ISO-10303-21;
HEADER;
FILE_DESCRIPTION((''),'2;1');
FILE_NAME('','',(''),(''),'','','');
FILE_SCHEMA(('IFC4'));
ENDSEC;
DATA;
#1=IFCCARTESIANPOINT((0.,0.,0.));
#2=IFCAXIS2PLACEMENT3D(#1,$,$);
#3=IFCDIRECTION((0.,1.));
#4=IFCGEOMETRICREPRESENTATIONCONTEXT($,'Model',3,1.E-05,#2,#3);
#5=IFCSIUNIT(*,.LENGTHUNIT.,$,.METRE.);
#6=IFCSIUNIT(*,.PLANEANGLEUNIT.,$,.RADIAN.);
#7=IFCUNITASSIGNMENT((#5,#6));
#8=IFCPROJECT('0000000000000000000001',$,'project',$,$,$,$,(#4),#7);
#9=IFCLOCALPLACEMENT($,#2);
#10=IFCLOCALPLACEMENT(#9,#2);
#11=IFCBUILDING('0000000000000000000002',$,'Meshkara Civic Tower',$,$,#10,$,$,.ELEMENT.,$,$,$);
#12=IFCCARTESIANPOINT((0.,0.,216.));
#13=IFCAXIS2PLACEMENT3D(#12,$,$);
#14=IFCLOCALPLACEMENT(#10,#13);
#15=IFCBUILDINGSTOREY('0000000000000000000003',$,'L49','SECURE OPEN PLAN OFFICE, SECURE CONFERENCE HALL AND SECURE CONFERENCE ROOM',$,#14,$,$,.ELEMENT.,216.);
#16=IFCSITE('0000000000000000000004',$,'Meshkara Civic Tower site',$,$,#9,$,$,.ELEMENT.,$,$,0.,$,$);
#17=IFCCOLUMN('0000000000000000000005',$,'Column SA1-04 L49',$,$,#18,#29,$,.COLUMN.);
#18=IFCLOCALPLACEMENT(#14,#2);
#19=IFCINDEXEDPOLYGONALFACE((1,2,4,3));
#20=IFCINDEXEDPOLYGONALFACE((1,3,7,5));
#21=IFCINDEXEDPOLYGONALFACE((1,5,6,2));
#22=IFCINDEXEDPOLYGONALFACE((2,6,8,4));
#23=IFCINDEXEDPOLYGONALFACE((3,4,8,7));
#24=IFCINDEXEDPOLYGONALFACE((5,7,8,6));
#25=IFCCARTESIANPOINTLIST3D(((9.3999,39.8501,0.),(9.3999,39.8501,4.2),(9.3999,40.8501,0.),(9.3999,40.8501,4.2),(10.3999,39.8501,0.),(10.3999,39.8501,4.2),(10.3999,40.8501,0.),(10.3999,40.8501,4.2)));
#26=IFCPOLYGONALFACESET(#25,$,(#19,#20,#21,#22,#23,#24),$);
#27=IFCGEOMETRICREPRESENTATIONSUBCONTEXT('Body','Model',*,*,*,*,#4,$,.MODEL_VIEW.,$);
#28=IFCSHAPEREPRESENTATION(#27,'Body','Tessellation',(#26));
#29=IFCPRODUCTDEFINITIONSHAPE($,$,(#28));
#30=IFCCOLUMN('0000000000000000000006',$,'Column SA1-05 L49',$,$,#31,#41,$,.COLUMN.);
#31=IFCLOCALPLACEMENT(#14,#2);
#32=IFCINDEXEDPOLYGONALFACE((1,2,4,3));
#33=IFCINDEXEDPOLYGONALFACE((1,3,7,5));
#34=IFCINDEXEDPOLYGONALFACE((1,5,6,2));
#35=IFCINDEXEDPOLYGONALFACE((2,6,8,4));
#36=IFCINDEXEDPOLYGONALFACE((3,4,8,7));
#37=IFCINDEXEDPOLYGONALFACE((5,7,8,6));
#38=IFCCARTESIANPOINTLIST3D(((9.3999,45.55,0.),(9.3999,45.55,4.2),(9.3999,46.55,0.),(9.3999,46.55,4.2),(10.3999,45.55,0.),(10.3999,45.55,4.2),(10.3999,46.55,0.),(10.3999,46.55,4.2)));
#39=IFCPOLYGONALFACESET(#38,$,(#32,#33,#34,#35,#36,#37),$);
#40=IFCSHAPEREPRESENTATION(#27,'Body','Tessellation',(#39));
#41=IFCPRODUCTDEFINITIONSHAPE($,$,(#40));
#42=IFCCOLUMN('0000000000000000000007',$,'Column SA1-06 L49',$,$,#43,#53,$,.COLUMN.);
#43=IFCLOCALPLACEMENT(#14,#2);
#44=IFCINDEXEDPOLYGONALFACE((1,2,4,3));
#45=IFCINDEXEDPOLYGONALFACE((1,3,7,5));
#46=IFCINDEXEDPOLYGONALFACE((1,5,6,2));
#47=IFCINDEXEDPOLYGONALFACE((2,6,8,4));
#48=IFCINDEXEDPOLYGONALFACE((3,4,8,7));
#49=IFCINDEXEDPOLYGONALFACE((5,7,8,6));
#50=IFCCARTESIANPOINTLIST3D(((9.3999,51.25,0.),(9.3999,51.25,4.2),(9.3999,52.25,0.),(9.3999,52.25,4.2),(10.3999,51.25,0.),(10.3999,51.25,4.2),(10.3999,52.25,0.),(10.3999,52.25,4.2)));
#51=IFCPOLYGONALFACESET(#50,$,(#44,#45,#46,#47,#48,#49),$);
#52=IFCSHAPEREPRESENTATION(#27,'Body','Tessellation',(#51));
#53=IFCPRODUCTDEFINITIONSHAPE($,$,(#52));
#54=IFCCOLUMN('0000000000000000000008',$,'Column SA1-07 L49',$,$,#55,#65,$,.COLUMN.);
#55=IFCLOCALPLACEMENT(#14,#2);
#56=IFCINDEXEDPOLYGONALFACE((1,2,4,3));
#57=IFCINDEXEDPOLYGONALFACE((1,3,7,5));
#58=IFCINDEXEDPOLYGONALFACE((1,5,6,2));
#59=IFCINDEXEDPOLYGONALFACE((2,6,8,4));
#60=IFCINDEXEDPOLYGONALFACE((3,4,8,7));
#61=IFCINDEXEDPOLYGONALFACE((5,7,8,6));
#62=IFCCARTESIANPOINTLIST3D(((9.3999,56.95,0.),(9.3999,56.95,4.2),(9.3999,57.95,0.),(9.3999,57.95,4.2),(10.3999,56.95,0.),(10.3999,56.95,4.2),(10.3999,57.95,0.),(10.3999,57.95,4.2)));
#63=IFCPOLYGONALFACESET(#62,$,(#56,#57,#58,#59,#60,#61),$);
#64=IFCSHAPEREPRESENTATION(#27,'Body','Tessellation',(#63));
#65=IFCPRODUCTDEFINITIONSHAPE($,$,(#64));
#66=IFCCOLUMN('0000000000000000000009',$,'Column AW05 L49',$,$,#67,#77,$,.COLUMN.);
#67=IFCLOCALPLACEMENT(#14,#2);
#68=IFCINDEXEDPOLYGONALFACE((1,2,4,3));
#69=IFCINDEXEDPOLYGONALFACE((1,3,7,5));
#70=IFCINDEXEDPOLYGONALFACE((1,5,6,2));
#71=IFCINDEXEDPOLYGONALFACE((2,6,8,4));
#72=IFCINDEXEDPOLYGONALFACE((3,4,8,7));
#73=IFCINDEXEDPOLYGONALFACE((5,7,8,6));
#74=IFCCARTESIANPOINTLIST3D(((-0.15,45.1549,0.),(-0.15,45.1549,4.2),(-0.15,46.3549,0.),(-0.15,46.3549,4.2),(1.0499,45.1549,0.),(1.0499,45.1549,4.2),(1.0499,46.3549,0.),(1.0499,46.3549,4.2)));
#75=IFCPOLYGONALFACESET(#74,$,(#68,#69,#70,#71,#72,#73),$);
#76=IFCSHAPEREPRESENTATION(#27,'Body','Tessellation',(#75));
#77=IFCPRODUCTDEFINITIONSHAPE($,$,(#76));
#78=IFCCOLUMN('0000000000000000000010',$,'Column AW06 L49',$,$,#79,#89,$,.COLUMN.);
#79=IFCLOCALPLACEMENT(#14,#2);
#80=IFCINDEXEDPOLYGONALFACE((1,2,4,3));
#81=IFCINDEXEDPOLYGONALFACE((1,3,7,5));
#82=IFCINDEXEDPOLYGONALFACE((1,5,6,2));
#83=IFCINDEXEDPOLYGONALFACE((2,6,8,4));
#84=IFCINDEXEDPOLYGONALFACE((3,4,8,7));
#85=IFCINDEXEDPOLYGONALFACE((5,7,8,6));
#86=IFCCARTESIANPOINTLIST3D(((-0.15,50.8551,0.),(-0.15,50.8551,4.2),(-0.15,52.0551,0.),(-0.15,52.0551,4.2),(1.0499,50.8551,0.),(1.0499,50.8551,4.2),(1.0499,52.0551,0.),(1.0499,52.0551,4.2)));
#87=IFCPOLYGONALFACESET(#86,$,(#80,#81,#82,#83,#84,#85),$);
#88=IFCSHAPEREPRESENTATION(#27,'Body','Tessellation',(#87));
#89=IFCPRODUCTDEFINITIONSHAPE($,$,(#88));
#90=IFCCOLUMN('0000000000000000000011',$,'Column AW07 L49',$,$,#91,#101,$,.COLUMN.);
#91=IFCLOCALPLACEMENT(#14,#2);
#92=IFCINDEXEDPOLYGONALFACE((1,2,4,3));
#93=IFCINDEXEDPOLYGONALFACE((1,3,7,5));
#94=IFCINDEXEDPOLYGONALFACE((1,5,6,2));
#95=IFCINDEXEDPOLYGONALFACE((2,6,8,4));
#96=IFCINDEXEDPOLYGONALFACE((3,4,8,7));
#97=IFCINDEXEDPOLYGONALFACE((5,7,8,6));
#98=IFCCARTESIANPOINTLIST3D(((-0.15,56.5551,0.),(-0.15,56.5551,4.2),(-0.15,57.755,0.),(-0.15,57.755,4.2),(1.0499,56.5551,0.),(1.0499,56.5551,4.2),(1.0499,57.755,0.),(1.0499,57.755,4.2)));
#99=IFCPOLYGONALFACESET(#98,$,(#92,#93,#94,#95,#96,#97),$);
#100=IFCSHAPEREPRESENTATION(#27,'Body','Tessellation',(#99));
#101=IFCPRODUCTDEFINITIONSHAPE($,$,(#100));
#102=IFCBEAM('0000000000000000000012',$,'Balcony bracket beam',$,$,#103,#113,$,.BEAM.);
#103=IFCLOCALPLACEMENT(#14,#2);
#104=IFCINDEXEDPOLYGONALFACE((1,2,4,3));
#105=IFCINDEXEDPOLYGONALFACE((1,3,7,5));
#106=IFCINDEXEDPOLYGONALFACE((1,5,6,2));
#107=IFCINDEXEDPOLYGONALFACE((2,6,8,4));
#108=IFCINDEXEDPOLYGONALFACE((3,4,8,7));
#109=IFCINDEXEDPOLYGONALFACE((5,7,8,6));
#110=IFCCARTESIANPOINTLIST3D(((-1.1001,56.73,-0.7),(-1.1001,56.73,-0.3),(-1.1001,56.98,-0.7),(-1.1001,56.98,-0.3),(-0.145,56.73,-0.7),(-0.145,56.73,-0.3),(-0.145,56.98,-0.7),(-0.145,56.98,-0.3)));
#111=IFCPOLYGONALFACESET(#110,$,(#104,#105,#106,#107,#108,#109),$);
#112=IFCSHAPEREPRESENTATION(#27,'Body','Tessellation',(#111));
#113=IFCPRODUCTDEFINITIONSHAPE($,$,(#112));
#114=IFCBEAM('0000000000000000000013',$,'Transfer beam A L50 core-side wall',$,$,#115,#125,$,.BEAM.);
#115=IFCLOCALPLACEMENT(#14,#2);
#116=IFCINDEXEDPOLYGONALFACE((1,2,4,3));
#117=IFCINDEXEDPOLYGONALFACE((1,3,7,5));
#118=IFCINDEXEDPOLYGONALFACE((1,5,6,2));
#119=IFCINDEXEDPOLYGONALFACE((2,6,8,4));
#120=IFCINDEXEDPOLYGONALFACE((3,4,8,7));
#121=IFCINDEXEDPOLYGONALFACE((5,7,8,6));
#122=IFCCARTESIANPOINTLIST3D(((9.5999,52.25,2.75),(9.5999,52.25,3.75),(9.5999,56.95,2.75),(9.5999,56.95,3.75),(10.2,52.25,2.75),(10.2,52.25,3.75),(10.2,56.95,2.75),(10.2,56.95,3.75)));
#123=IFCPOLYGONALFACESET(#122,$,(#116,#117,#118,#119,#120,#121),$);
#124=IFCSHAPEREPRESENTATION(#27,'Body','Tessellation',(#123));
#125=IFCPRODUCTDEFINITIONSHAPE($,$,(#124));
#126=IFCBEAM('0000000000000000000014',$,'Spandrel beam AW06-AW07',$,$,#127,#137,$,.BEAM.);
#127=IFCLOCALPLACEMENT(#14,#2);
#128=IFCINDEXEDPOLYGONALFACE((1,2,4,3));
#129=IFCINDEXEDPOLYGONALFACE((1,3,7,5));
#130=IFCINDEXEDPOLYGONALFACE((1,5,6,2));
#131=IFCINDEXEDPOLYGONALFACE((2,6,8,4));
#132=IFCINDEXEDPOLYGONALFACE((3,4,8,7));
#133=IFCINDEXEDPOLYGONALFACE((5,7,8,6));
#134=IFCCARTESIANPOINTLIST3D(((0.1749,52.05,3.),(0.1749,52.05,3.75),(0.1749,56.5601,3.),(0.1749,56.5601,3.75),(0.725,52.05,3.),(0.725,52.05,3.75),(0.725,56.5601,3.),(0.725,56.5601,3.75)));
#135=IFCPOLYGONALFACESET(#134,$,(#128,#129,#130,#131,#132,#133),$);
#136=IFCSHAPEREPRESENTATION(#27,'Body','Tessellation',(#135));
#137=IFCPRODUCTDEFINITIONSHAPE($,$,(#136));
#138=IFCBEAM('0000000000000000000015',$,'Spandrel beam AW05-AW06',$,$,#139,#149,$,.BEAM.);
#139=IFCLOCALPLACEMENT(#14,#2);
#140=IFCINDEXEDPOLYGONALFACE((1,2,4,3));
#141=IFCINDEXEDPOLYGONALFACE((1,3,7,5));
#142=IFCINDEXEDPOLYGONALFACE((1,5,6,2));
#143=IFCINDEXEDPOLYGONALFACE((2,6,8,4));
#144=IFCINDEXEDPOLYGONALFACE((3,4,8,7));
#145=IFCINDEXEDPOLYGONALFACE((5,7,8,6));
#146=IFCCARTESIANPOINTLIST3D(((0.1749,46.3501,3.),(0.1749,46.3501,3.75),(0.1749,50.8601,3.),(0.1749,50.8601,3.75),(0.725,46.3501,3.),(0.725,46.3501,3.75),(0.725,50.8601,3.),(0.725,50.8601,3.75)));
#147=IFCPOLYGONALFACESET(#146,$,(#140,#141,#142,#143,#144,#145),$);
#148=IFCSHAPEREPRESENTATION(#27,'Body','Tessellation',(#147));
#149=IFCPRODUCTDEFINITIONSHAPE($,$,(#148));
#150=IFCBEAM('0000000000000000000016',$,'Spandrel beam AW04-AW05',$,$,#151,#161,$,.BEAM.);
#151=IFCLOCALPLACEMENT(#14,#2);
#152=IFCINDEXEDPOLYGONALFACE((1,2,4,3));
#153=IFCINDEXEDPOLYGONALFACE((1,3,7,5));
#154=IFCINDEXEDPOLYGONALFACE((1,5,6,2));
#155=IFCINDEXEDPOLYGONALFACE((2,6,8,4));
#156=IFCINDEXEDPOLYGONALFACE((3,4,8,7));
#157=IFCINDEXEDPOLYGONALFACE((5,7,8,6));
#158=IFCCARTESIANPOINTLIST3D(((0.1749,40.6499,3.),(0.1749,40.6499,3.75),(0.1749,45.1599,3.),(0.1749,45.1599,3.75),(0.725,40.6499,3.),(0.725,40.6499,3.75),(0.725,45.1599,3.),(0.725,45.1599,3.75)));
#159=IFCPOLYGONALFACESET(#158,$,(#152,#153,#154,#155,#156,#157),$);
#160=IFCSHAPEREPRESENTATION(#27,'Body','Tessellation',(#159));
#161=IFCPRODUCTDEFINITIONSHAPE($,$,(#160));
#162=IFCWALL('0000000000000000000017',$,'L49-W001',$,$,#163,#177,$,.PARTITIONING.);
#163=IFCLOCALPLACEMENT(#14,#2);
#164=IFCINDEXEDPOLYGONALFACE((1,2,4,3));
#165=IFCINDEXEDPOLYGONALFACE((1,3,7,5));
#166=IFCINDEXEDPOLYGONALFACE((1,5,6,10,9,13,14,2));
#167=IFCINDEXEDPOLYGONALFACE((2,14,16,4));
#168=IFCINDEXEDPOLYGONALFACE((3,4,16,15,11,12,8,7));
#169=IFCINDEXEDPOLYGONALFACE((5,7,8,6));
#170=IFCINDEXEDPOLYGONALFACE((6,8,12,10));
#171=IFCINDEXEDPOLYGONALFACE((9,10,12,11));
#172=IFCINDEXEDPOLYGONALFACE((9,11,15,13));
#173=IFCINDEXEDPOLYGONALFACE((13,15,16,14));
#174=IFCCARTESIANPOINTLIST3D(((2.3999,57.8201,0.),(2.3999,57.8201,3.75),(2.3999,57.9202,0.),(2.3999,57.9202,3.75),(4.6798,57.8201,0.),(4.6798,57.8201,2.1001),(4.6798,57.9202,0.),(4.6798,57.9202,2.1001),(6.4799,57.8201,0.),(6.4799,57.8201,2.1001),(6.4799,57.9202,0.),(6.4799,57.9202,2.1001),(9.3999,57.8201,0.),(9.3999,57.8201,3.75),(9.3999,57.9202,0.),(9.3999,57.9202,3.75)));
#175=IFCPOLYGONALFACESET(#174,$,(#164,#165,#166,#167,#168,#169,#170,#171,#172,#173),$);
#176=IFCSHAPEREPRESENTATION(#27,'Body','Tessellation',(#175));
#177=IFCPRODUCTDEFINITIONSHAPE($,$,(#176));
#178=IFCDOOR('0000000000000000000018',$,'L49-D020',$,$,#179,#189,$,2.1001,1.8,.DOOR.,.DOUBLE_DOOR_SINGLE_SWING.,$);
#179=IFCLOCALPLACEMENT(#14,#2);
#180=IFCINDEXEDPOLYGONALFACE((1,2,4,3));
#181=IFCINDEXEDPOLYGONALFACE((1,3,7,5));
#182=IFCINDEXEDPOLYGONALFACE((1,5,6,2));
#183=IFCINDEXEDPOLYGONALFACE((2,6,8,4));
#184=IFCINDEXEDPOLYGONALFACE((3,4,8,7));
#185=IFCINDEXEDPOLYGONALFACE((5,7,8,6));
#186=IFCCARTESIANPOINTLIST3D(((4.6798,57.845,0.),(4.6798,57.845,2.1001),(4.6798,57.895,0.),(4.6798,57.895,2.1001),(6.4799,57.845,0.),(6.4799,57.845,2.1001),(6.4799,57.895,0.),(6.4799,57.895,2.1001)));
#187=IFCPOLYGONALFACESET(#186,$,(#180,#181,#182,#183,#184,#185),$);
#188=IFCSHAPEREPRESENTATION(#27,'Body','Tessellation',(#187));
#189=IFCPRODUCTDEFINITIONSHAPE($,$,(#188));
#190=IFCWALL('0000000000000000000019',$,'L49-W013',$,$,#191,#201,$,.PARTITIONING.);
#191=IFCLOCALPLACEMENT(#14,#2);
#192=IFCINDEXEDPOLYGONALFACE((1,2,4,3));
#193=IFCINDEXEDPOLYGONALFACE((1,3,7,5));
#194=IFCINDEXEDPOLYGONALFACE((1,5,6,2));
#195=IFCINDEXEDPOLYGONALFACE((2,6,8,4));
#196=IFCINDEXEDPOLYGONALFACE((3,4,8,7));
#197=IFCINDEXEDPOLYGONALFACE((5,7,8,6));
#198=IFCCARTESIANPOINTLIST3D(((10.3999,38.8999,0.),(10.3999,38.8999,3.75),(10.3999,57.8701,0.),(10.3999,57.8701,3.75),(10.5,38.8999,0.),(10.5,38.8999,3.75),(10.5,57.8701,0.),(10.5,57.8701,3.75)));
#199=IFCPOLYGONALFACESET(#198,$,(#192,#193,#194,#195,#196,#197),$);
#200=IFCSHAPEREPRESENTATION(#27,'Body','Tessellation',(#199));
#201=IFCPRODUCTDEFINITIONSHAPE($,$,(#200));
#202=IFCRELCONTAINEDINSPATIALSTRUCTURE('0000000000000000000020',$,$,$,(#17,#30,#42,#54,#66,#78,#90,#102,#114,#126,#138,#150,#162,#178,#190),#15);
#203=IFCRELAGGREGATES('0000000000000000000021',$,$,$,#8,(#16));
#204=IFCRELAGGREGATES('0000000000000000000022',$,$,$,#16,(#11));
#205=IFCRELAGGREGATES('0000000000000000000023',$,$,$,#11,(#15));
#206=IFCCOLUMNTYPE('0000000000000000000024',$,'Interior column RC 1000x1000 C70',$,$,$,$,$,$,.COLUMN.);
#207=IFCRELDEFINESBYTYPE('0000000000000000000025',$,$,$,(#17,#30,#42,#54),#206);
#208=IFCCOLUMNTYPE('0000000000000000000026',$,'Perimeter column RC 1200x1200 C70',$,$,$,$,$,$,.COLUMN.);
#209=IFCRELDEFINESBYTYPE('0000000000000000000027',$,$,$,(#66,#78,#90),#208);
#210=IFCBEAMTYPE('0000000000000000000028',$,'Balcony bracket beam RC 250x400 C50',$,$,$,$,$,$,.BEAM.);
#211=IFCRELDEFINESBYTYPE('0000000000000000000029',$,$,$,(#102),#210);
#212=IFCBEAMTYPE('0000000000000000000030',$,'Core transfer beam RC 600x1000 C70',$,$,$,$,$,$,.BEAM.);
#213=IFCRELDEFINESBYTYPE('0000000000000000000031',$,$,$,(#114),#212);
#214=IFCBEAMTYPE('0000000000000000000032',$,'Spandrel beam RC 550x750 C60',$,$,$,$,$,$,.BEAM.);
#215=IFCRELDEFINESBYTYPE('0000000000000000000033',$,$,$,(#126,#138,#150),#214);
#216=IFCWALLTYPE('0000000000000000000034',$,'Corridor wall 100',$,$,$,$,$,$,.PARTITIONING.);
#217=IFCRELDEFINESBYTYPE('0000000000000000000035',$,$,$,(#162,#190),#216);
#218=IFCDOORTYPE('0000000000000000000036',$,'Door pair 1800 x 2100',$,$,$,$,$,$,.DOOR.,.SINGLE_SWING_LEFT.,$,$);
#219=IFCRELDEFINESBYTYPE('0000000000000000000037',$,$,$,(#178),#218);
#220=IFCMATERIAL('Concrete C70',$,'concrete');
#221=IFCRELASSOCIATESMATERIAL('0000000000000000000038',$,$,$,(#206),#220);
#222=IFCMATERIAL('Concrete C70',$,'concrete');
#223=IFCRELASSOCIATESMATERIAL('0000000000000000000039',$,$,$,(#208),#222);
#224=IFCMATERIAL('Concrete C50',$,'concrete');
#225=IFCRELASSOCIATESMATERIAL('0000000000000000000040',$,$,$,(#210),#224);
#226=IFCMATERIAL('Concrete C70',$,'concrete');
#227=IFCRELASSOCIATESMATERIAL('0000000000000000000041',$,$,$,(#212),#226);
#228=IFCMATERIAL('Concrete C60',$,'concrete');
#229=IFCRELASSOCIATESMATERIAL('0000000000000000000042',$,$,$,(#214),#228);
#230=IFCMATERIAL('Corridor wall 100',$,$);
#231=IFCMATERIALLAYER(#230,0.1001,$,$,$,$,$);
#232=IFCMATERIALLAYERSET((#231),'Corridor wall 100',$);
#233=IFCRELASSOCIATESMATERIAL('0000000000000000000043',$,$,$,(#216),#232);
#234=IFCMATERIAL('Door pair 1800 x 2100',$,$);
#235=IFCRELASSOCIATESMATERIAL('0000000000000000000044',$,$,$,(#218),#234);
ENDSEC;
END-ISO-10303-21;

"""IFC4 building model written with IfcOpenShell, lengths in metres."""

from ifc_helpers import new_model, si_unit, direction, frame, frame_2d, origin, origin_2d, place, context, subcontext, project, spatial, rectangle, extrude, material, layer, layer_set, material_profile, profile_set, type_object, element, fill, save


model = new_model("IFC4")

# Units and contexts
model_context = context("Model", 3, precision=1e-05, world=origin(), true_north=direction((0.0, 1.0)))
body_context = subcontext(model_context, "Body", "Model", "MODEL_VIEW")
ifc_project = project(units=[si_unit("LENGTHUNIT", "METRE"), si_unit("PLANEANGLEUNIT", "RADIAN")], contexts=[model_context])

# Site, building, storey
site_placement = place(None, origin())
site = spatial("IfcSite", under=ifc_project, at=site_placement, Name="Meshkara Civic Tower site", CompositionType="ELEMENT", RefElevation=0.0)
building_placement = place(site_placement, origin())
building = spatial("IfcBuilding", under=site, at=building_placement, Name="Meshkara Civic Tower", CompositionType="ELEMENT")
storey_placement = place(building_placement, frame((0.0, 0.0, 216.0)))
storey = spatial("IfcBuildingStorey", under=building, at=storey_placement, Name="L49", Description="SECURE OPEN PLAN OFFICE, SECURE CONFERENCE HALL AND SECURE CONFERENCE ROOM", CompositionType="ELEMENT", Elevation=216.0)

# Columns
ifc_material_1 = material(Name="Concrete C70", Category="concrete")
ifc_material_profile_1 = material_profile(ifc_material_1, rectangle(XDim=1.0, YDim=1.0, at=origin_2d()))
ifc_profile_set_1 = profile_set([ifc_material_profile_1], Name="Concrete C70")
column_type_1 = type_object("IfcColumnType", Name="Interior column RC 1000x1000 C70", PredefinedType="COLUMN", material=ifc_profile_set_1)
for number, where, z_axis, x_axis, name in (
    (1, (9.8999, 40.3501, 0.0), (0.0, 0.0, 1.0), (1.0, 0.0, 0.0), "Column SA1-04 L49"),
    (2, (9.8999, 46.05, 0.0), (0.0, 0.0, 1.0), (1.0, 0.0, 0.0), "Column SA1-05 L49"),
    (3, (9.8999, 51.75, 0.0), (0.0, 0.0, 1.0), (1.0, 0.0, 0.0), "Column SA1-06 L49"),
    (4, (9.8999, 57.45, 0.0), (0.0, 0.0, 1.0), (1.0, 0.0, 0.0), "Column SA1-07 L49"),
):
    element("IfcColumn", number, at=place(storey_placement, frame(where, z_axis=z_axis, x_axis=x_axis)), inside=storey, type_object=column_type_1, Name=name, PredefinedType="COLUMN", context=body_context, shape_type="SweptSolid", body=[
        extrude(rectangle(XDim=1.0, YDim=1.0, at=origin_2d()), origin(), (0.0, 0.0, 1.0), 4.2),
    ])
ifc_material_2 = material(Name="Concrete C70", Category="concrete")
ifc_material_profile_2 = material_profile(ifc_material_2, rectangle(XDim=1.2, YDim=1.2, at=origin_2d()))
ifc_profile_set_2 = profile_set([ifc_material_profile_2], Name="Concrete C70")
column_type_2 = type_object("IfcColumnType", Name="Perimeter column RC 1200x1200 C70", PredefinedType="COLUMN", material=ifc_profile_set_2)
for number, where, z_axis, x_axis, name in (
    (5, (0.45, 45.7549, 0.0), (0.0, 0.0, 1.0), (1.0, 0.0, 0.0), "Column AW05 L49"),
    (6, (0.45, 51.4551, 0.0), (0.0, 0.0, 1.0), (1.0, 0.0, 0.0), "Column AW06 L49"),
    (7, (0.45, 57.155, 0.0), (0.0, 0.0, 1.0), (1.0, 0.0, 0.0), "Column AW07 L49"),
):
    element("IfcColumn", number, at=place(storey_placement, frame(where, z_axis=z_axis, x_axis=x_axis)), inside=storey, type_object=column_type_2, Name=name, PredefinedType="COLUMN", context=body_context, shape_type="SweptSolid", body=[
        extrude(rectangle(XDim=1.2, YDim=1.2, at=origin_2d()), origin(), (0.0, 0.0, 1.0), 4.2),
    ])

# Beams
ifc_material_3 = material(Name="Concrete C50", Category="concrete")
ifc_material_profile_3 = material_profile(ifc_material_3, rectangle(XDim=0.25, YDim=0.3999, at=origin_2d()))
ifc_profile_set_3 = profile_set([ifc_material_profile_3], Name="Concrete C50")
beam_type_1 = type_object("IfcBeamType", Name="Balcony bracket beam RC 250x400 C50", PredefinedType="BEAM", material=ifc_profile_set_3)
beam_1_placement = place(storey_placement, frame((-0.145, 56.855, -0.5), z_axis=(-1.0, 0.0, 0.0), x_axis=(0.0, -1.0, 0.0)))
element("IfcBeam", 8, at=beam_1_placement, inside=storey, type_object=beam_type_1, Name="Balcony bracket beam", PredefinedType="BEAM", context=body_context, shape_type="SweptSolid", body=[
    extrude(rectangle(XDim=0.25, YDim=0.3999, at=origin_2d()), origin(), (0.0, 0.0, 1.0), 0.9551),
])
ifc_material_4 = material(Name="Concrete C70", Category="concrete")
ifc_material_profile_4 = material_profile(ifc_material_4, rectangle(XDim=0.6001, YDim=1.0, at=origin_2d()))
ifc_profile_set_4 = profile_set([ifc_material_profile_4], Name="Concrete C70")
beam_type_2 = type_object("IfcBeamType", Name="Core transfer beam RC 600x1000 C70", PredefinedType="BEAM", material=ifc_profile_set_4)
beam_2_placement = place(storey_placement, frame((9.8999, 52.25, 3.25), z_axis=(0.0, 1.0, 0.0), x_axis=(-1.0, 0.0, 0.0)))
element("IfcBeam", 9, at=beam_2_placement, inside=storey, type_object=beam_type_2, Name="Transfer beam A L50 core-side wall", PredefinedType="BEAM", context=body_context, shape_type="SweptSolid", body=[
    extrude(rectangle(XDim=0.6001, YDim=1.0, at=origin_2d()), origin(), (0.0, 0.0, 1.0), 4.7),
])
ifc_material_5 = material(Name="Concrete C60", Category="concrete")
ifc_material_profile_5 = material_profile(ifc_material_5, rectangle(XDim=0.55, YDim=0.75, at=origin_2d()))
ifc_profile_set_5 = profile_set([ifc_material_profile_5], Name="Concrete C60")
beam_type_3 = type_object("IfcBeamType", Name="Spandrel beam RC 550x750 C60", PredefinedType="BEAM", material=ifc_profile_set_5)
for number, where, z_axis, x_axis, name in (
    (10, (0.45, 56.5601, 3.375), (0.0, -1.0, 0.0), (1.0, 0.0, 0.0), "Spandrel beam AW06-AW07"),
    (11, (0.45, 50.8601, 3.375), (0.0, -1.0, 0.0), (1.0, 0.0, 0.0), "Spandrel beam AW05-AW06"),
    (12, (0.45, 45.1599, 3.375), (0.0, -1.0, 0.0), (1.0, 0.0, 0.0), "Spandrel beam AW04-AW05"),
):
    element("IfcBeam", number, at=place(storey_placement, frame(where, z_axis=z_axis, x_axis=x_axis)), inside=storey, type_object=beam_type_3, Name=name, PredefinedType="BEAM", context=body_context, shape_type="SweptSolid", body=[
        extrude(rectangle(XDim=0.55, YDim=0.75, at=origin_2d()), origin(), (0.0, 0.0, 1.0), 4.51),
    ])

# Wall, opening, door
ifc_material_6 = material(Name="Corridor wall 100")
ifc_layer_1 = layer(ifc_material_6, 0.1001)
ifc_layer_set_1 = layer_set([ifc_layer_1], Name="Corridor wall 100")
wall_type_1 = type_object("IfcWallType", Name="Corridor wall 100", PredefinedType="PARTITIONING", material=ifc_layer_set_1)
wall_1_placement = place(storey_placement, frame((2.3999, 57.8701, 0.0), z_axis=(0.0, 0.0, 1.0), x_axis=(1.0, 0.0, 0.0)))
wall_1 = element("IfcWall", 13, at=wall_1_placement, inside=storey, type_object=wall_type_1, Name="L49-W001", PredefinedType="PARTITIONING", context=body_context, shape_type="SweptSolid", body=[
    extrude(rectangle(XDim=7.0, YDim=0.1001, at=frame_2d((3.5, 0.0))), origin(), (0.0, 0.0, 1.0), 3.75),
])
opening_1_placement = place(wall_1_placement, frame((2.28, 0.0, 0.0)))
opening_1 = element("IfcOpeningElement", 14, at=opening_1_placement, cuts=wall_1, PredefinedType="OPENING", context=body_context, shape_type="SweptSolid", body=[
    extrude(rectangle(XDim=1.8, YDim=2.1001, at=frame_2d((0.8999, 1.05))), frame((0.0, 0.0601, 0.0), z_axis=(0.0, -1.0, 0.0), x_axis=(1.0, 0.0, 0.0)), (0.0, 0.0, 1.0), 0.1201),
])
ifc_material_7 = material(Name="Door pair 1800 x 2100")
door_type_1 = type_object("IfcDoorType", Name="Door pair 1800 x 2100", OperationType="SINGLE_SWING_LEFT", PredefinedType="DOOR", material=ifc_material_7)
door_1_placement = place(opening_1_placement, origin())
door_1 = element("IfcDoor", 15, at=door_1_placement, inside=storey, type_object=door_type_1, Name="L49-D020", OperationType="DOUBLE_DOOR_SINGLE_SWING", OverallHeight=2.1001, OverallWidth=1.8, PredefinedType="DOOR", context=body_context, shape_type="SweptSolid", body=[
    extrude(rectangle(XDim=1.8, YDim=2.1001, at=frame_2d((0.8999, 1.05))), frame((0.0, 0.0249, 0.0), z_axis=(0.0, -1.0, 0.0), x_axis=(1.0, 0.0, 0.0)), (0.0, 0.0, 1.0), 0.05),
])
fill(opening_1, door_1)

# Wall
wall_2_placement = place(storey_placement, frame((10.45, 57.8701, 0.0), z_axis=(0.0, 0.0, 1.0), x_axis=(0.0, -1.0, 0.0)))
element("IfcWall", 16, at=wall_2_placement, inside=storey, type_object=wall_type_1, Name="L49-W013", PredefinedType="PARTITIONING", context=body_context, shape_type="SweptSolid", body=[
    extrude(rectangle(XDim=18.9702, YDim=0.1001, at=frame_2d((9.4851, 0.0))), origin(), (0.0, 0.0, 1.0), 3.75),
])

save(model, "model.ifc")
